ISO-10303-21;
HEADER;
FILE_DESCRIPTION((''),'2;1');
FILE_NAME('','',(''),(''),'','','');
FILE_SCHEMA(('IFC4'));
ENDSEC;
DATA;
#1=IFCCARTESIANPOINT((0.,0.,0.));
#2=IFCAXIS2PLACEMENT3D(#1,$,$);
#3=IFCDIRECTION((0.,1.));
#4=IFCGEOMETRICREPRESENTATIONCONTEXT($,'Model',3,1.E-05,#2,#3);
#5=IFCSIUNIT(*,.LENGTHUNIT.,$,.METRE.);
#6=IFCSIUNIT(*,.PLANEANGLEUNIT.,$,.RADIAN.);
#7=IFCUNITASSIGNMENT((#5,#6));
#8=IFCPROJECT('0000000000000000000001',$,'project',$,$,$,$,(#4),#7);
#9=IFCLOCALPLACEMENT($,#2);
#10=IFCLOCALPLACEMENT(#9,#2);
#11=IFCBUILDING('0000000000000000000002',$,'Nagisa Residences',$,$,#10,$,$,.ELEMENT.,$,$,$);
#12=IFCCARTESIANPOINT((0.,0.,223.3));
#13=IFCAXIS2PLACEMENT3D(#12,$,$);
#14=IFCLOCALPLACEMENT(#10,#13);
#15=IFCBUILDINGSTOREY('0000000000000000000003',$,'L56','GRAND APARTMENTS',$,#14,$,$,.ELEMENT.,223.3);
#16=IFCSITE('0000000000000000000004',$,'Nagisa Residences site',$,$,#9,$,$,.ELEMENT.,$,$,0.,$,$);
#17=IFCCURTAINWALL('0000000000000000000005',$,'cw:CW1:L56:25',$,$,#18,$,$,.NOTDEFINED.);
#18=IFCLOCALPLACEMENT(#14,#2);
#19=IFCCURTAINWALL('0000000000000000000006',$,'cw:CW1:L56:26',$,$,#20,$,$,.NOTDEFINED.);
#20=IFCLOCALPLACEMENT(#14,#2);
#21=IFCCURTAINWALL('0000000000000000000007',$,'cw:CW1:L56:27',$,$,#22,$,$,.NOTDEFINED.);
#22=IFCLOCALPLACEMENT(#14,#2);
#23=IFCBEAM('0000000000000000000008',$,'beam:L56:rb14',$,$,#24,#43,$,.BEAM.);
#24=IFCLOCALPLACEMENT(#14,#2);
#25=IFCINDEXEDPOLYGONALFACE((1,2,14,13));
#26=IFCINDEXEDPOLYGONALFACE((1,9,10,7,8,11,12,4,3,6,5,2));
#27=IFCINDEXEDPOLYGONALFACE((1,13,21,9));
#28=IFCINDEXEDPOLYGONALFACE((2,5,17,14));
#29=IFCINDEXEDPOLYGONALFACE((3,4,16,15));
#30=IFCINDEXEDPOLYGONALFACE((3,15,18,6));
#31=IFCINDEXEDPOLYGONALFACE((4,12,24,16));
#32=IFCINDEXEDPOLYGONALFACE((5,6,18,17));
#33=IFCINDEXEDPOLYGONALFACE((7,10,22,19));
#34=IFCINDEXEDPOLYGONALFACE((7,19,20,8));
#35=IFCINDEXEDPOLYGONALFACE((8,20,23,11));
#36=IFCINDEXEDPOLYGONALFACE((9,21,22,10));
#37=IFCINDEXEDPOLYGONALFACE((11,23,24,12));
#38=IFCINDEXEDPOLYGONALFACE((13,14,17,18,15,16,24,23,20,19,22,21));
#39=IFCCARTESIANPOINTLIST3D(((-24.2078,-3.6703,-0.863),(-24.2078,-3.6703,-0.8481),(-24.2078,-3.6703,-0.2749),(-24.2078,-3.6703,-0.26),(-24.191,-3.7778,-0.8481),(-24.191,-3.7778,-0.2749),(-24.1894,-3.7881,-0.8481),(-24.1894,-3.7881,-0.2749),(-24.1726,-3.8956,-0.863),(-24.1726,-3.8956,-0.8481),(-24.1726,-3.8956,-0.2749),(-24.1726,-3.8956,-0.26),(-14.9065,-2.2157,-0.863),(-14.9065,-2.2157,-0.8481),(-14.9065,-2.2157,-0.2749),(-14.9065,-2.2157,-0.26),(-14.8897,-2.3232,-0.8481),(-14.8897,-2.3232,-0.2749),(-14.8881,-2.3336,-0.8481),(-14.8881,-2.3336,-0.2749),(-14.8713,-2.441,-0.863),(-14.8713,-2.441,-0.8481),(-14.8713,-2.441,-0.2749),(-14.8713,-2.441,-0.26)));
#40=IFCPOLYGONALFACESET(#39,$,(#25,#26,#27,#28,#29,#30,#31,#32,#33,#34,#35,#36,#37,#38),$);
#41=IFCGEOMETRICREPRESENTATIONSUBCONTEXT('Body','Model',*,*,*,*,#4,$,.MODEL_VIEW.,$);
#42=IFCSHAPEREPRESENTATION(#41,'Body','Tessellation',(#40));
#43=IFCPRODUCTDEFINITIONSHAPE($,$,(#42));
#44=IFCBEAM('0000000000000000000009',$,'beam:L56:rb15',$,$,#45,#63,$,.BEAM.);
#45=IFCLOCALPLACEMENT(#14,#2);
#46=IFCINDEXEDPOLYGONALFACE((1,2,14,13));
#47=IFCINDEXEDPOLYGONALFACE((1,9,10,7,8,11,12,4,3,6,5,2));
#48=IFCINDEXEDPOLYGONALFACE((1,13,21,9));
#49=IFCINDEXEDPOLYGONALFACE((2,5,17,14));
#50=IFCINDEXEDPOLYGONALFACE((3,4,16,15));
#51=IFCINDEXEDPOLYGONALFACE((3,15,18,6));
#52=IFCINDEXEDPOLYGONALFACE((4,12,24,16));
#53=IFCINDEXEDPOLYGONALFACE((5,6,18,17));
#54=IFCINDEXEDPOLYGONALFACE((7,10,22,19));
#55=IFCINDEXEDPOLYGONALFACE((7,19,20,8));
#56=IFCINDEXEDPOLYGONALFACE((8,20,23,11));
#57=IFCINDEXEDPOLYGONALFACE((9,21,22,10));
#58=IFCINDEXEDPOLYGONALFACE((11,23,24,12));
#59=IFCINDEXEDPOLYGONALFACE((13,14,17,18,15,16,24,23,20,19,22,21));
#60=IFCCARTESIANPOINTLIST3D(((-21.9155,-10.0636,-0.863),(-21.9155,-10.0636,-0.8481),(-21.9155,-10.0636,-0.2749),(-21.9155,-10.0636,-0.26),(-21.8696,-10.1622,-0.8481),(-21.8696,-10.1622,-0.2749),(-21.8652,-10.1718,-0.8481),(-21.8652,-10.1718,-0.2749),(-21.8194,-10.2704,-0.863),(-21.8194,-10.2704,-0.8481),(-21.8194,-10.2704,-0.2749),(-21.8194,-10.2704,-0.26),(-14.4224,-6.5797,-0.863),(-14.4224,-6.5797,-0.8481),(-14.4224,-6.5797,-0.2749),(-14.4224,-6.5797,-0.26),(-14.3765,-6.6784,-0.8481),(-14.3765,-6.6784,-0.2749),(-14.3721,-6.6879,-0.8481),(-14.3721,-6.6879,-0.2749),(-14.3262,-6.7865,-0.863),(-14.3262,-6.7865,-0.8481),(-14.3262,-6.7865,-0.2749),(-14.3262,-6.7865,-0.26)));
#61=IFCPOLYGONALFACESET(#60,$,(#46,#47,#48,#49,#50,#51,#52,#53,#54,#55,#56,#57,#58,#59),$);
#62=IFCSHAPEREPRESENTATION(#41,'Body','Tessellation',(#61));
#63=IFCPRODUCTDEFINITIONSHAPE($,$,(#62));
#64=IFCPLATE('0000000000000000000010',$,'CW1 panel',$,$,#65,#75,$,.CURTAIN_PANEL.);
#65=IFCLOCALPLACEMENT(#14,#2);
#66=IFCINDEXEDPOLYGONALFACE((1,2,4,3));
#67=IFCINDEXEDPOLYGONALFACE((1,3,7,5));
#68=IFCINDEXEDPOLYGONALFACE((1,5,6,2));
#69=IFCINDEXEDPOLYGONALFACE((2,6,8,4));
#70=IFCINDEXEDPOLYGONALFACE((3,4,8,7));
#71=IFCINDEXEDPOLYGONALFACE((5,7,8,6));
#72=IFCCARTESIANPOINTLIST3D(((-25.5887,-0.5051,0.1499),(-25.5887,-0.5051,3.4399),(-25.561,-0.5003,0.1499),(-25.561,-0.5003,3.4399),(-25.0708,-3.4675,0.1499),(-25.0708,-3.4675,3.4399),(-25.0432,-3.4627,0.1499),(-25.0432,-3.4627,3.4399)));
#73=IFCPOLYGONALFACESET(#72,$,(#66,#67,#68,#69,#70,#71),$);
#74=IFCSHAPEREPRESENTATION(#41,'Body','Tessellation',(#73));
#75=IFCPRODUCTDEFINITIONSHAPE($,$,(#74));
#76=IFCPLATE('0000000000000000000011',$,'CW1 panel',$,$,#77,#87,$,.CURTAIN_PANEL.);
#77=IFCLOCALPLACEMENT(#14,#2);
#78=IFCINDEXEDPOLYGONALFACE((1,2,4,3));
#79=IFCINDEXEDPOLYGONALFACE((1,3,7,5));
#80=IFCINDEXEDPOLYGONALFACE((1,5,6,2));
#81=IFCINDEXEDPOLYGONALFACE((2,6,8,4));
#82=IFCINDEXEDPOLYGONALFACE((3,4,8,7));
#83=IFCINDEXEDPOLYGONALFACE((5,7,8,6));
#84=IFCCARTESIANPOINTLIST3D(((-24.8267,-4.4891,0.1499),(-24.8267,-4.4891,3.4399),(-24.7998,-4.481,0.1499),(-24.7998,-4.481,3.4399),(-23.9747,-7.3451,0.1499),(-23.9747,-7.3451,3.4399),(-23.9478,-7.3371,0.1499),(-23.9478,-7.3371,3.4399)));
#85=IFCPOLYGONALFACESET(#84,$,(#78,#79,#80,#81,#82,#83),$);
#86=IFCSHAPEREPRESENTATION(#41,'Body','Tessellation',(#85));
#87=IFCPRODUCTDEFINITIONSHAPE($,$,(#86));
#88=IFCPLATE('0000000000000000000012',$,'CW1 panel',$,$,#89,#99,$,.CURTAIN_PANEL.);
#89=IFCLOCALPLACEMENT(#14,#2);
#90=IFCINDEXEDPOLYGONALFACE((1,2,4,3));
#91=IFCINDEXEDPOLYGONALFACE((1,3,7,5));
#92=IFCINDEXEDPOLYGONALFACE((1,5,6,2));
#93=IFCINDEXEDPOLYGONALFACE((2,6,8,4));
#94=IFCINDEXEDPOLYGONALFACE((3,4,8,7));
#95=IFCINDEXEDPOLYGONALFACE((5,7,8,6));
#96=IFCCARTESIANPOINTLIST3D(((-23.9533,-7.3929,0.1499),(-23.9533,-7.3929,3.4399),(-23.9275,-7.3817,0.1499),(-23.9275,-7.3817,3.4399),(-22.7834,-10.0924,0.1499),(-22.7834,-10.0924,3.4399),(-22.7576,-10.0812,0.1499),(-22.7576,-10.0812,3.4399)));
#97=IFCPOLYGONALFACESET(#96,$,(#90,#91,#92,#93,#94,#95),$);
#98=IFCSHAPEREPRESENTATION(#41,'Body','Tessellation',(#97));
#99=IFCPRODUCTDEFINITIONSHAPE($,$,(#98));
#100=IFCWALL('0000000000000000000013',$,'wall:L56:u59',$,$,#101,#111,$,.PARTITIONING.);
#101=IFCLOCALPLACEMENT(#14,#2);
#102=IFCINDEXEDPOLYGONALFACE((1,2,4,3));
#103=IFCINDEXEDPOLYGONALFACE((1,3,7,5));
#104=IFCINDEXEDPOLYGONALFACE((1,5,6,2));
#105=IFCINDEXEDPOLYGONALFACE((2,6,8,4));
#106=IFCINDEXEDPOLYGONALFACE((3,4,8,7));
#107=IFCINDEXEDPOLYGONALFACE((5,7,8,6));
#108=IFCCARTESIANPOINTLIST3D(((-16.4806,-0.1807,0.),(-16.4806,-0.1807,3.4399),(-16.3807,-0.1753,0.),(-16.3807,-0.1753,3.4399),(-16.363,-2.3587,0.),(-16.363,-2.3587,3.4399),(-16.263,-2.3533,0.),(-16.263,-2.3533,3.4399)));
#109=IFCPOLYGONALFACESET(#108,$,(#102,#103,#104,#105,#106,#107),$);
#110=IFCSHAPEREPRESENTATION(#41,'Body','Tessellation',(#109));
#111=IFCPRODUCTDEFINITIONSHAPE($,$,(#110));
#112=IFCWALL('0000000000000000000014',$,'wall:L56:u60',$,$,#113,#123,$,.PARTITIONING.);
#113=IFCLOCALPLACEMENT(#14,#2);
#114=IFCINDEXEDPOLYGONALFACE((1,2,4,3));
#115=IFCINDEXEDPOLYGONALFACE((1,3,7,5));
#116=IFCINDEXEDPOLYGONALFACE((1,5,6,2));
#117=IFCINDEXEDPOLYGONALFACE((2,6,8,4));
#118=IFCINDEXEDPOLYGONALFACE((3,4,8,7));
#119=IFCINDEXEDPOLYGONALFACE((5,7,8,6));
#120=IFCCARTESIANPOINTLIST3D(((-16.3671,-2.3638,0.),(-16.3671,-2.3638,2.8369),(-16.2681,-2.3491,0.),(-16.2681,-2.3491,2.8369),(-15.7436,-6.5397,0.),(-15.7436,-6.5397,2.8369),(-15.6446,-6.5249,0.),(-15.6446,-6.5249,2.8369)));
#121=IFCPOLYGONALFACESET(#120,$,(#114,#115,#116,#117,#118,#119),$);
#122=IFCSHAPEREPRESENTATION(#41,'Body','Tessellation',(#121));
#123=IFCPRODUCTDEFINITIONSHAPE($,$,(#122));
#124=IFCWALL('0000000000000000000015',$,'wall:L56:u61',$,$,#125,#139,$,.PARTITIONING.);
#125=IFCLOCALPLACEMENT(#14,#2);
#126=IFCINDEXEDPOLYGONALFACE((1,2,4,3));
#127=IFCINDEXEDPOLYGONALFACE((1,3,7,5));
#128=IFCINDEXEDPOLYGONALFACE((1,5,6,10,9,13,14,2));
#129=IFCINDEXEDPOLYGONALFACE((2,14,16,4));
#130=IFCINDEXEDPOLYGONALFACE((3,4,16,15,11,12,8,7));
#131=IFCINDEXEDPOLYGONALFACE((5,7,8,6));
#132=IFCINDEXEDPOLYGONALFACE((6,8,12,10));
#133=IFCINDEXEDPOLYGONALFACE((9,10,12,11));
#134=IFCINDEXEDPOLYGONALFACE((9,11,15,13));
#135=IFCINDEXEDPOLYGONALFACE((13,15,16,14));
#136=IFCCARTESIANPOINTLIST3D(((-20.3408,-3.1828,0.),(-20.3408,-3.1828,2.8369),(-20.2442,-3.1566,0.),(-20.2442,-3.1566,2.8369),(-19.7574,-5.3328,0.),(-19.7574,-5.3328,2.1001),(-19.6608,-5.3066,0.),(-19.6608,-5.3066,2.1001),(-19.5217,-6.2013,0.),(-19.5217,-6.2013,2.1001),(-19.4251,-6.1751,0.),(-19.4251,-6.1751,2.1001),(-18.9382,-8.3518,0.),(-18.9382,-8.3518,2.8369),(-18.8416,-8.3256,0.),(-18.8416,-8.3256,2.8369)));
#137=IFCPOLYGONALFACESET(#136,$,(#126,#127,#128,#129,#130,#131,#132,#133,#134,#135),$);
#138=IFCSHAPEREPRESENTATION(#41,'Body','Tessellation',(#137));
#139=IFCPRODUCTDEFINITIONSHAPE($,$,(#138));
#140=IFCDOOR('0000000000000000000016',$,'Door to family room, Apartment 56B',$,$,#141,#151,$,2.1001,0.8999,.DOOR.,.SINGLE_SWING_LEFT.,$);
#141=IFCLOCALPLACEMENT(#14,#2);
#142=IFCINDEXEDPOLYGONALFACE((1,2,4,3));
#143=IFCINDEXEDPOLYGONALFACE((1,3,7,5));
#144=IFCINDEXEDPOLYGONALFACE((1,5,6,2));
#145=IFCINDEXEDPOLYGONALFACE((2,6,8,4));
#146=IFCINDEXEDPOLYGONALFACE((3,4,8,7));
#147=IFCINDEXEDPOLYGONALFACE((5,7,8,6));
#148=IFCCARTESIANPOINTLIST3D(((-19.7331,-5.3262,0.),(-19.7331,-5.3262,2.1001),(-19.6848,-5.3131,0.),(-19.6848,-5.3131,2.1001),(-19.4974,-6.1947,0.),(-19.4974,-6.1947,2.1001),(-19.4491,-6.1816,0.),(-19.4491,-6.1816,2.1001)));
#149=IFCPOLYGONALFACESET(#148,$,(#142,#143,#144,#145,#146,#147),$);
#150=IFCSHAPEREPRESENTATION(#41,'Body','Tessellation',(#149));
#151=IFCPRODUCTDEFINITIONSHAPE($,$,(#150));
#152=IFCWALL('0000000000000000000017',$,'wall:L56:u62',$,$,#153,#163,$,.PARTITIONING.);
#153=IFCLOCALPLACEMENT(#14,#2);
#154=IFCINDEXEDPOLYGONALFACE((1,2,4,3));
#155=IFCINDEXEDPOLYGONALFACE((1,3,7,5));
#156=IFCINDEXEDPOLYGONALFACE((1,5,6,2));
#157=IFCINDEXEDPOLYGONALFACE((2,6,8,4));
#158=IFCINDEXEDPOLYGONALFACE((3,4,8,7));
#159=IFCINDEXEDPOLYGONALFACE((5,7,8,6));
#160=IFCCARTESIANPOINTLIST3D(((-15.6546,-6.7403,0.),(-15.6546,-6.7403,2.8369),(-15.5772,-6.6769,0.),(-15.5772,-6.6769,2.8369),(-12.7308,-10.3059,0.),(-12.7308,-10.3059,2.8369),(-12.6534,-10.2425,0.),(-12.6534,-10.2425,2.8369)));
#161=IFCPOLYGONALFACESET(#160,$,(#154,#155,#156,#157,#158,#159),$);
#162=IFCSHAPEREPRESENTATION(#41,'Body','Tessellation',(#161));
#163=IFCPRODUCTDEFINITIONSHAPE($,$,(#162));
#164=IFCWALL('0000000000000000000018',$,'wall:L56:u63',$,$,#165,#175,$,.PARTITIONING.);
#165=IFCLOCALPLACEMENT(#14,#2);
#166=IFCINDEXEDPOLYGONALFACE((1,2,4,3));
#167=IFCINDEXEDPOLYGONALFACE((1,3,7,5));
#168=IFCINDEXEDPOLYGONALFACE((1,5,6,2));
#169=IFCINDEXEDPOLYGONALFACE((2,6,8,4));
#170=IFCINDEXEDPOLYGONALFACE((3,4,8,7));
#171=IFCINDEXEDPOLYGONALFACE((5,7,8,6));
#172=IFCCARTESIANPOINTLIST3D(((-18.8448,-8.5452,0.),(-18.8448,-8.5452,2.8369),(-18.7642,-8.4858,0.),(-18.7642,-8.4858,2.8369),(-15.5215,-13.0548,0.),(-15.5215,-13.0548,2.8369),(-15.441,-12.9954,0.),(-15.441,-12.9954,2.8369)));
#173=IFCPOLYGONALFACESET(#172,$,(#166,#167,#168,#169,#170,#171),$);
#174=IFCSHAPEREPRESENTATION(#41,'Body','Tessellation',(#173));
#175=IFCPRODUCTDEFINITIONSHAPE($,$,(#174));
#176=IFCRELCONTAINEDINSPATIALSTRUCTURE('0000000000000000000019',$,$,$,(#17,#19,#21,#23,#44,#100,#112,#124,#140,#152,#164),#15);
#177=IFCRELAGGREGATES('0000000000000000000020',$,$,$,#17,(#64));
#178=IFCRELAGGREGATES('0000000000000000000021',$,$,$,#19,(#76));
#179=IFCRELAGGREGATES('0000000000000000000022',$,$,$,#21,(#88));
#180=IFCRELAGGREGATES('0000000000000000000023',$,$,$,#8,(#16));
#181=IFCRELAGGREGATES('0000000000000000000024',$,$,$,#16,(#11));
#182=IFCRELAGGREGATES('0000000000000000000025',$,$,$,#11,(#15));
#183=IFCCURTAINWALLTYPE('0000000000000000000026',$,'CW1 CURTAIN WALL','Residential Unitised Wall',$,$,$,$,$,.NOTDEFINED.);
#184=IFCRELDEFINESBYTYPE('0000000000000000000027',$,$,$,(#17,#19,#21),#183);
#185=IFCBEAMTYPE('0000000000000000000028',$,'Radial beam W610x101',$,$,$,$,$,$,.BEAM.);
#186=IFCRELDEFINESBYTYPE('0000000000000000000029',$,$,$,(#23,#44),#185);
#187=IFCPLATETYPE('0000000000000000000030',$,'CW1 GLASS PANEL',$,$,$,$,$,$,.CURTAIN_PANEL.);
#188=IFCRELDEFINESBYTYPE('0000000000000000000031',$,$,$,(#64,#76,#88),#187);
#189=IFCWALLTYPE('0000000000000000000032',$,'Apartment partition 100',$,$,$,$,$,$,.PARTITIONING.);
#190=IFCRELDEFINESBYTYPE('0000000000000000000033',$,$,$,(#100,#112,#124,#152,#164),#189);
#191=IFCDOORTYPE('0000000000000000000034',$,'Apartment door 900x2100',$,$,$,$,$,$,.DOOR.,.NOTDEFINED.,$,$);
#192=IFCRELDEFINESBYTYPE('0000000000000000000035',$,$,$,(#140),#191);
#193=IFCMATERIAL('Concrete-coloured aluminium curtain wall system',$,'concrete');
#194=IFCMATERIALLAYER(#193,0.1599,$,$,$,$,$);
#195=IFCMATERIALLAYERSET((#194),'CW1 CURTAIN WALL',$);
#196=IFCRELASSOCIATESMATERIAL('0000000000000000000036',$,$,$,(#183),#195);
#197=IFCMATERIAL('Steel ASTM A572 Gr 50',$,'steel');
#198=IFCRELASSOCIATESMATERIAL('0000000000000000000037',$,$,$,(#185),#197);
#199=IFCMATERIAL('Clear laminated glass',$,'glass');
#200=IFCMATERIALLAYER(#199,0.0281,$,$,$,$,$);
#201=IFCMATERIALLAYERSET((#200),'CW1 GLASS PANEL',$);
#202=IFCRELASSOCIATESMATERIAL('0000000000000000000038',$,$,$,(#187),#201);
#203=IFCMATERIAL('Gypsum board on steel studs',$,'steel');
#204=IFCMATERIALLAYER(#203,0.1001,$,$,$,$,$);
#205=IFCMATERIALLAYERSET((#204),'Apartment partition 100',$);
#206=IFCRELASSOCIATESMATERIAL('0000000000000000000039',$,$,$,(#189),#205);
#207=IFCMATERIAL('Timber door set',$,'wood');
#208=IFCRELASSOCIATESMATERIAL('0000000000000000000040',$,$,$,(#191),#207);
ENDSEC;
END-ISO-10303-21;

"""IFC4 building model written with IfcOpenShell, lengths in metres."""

from ifc_helpers import new_model, si_unit, direction, frame, frame_2d, origin, origin_2d, place, context, subcontext, project, spatial, rectangle, i_section, extrude, material, layer, layer_set, material_profile, profile_set, type_object, element, fill, aggregate, save


model = new_model("IFC4")

# Units and contexts
model_context = context("Model", 3, precision=1e-05, world=origin(), true_north=direction((0.0, 1.0)))
body_context = subcontext(model_context, "Body", "Model", "MODEL_VIEW")
ifc_project = project(units=[si_unit("LENGTHUNIT", "METRE"), si_unit("PLANEANGLEUNIT", "RADIAN")], contexts=[model_context])

# Site, building, storey
site_placement = place(None, origin())
site = spatial("IfcSite", under=ifc_project, at=site_placement, Name="Nagisa Residences site", CompositionType="ELEMENT", RefElevation=0.0)
building_placement = place(site_placement, origin())
building = spatial("IfcBuilding", under=site, at=building_placement, Name="Nagisa Residences", CompositionType="ELEMENT")
storey_placement = place(building_placement, frame((0.0, 0.0, 223.3)))
storey = spatial("IfcBuildingStorey", under=building, at=storey_placement, Name="L56", Description="GRAND APARTMENTS", CompositionType="ELEMENT", Elevation=223.3)

# Curtain walls
ifc_material_1 = material(Name="Concrete-coloured aluminium curtain wall system", Category="concrete")
ifc_layer_1 = layer(ifc_material_1, 0.1599)
ifc_layer_set_1 = layer_set([ifc_layer_1], Name="CW1 CURTAIN WALL")
curtain_wall_type = type_object("IfcCurtainWallType", Name="CW1 CURTAIN WALL", Description="Residential Unitised Wall", PredefinedType="NOTDEFINED", material=ifc_layer_set_1)
curtain_wall_1_placement = place(storey_placement, origin())
curtain_wall_1 = element("IfcCurtainWall", 1, at=curtain_wall_1_placement, inside=storey, type_object=curtain_wall_type, Name="cw:CW1:L56:25", PredefinedType="NOTDEFINED")
curtain_wall_2_placement = place(storey_placement, origin())
curtain_wall_2 = element("IfcCurtainWall", 2, at=curtain_wall_2_placement, inside=storey, type_object=curtain_wall_type, Name="cw:CW1:L56:26", PredefinedType="NOTDEFINED")
curtain_wall_3_placement = place(storey_placement, origin())
curtain_wall_3 = element("IfcCurtainWall", 3, at=curtain_wall_3_placement, inside=storey, type_object=curtain_wall_type, Name="cw:CW1:L56:27", PredefinedType="NOTDEFINED")

# Beams
ifc_material_2 = material(Name="Steel ASTM A572 Gr 50", Category="steel")
ifc_material_profile_1 = material_profile(ifc_material_2, i_section(OverallWidth=0.228, OverallDepth=0.603, WebThickness=0.0105, FlangeThickness=0.0149, at=origin_2d()), Name="W610x101")
ifc_profile_set_1 = profile_set([ifc_material_profile_1], Name="Steel ASTM A572 Gr 50")
beam_type_1 = type_object("IfcBeamType", Name="Radial beam W610x101", PredefinedType="BEAM", material=ifc_profile_set_1)
beam_1_placement = place(storey_placement, frame((-24.1902, -3.783, -0.5615), z_axis=(0.987992, 0.154508, 0.0), x_axis=(-0.154508, 0.987992, 0.0)))
element("IfcBeam", 4, at=beam_1_placement, inside=storey, type_object=beam_type_1, Name="beam:L56:rb14", PredefinedType="BEAM", context=body_context, shape_type="SweptSolid", body=[
    extrude(i_section(OverallWidth=0.228, OverallDepth=0.603, WebThickness=0.0105, FlangeThickness=0.0149, at=origin_2d()), origin(), (0.0, 0.0, 1.0), 9.4143),
])
beam_2_placement = place(storey_placement, frame((-21.8674, -10.167, -0.5615), z_axis=(0.906782, 0.421601, 0.0), x_axis=(-0.421601, 0.906782, 0.0)))
element("IfcBeam", 5, at=beam_2_placement, inside=storey, type_object=beam_type_1, Name="beam:L56:rb15", PredefinedType="BEAM", context=body_context, shape_type="SweptSolid", body=[
    extrude(i_section(OverallWidth=0.228, OverallDepth=0.603, WebThickness=0.0105, FlangeThickness=0.0149, at=origin_2d()), origin(), (0.0, 0.0, 1.0), 8.2634),
])

# Plates
ifc_material_3 = material(Name="Clear laminated glass", Category="glass")
ifc_layer_2 = layer(ifc_material_3, 0.0281)
ifc_layer_set_2 = layer_set([ifc_layer_2], Name="CW1 GLASS PANEL")
plate_type = type_object("IfcPlateType", Name="CW1 GLASS PANEL", PredefinedType="CURTAIN_PANEL", material=ifc_layer_set_2)
plate_1_placement = place(storey_placement, frame((-25.3159, -1.9839, 0.1499), z_axis=(0.0, 0.0, 1.0), x_axis=(0.172191, -0.985064, 0.0)))
plate_1 = element("IfcPlate", 6, at=plate_1_placement, type_object=plate_type, Name="CW1 panel", PredefinedType="CURTAIN_PANEL", context=body_context, shape_type="SweptSolid", body=[
    extrude(rectangle(XDim=3.0073, YDim=0.0281, at=origin_2d()), origin(), (0.0, 0.0, 1.0), 3.29),
])
aggregate(curtain_wall_1, [plate_1])
plate_2_placement = place(storey_placement, frame((-24.3872, -5.9131, 0.1499), z_axis=(0.0, 0.0, 1.0), x_axis=(0.28586, -0.958271, 0.0)))
plate_2 = element("IfcPlate", 7, at=plate_2_placement, type_object=plate_type, Name="CW1 panel", PredefinedType="CURTAIN_PANEL", context=body_context, shape_type="SweptSolid", body=[
    extrude(rectangle(XDim=2.9805, YDim=0.0281, at=origin_2d()), origin(), (0.0, 0.0, 1.0), 3.29),
])
aggregate(curtain_wall_2, [plate_2])
plate_3_placement = place(storey_placement, frame((-23.3555, -8.7371, 0.1499), z_axis=(0.0, 0.0, 1.0), x_axis=(0.397636, -0.917543, 0.0)))
plate_3 = element("IfcPlate", 8, at=plate_3_placement, type_object=plate_type, Name="CW1 panel", PredefinedType="CURTAIN_PANEL", context=body_context, shape_type="SweptSolid", body=[
    extrude(rectangle(XDim=2.9421, YDim=0.0281, at=origin_2d()), origin(), (0.0, 0.0, 1.0), 3.29),
])
aggregate(curtain_wall_3, [plate_3])

# Walls
ifc_material_4 = material(Name="Gypsum board on steel studs", Category="steel")
ifc_layer_3 = layer(ifc_material_4, 0.1001)
ifc_layer_set_3 = layer_set([ifc_layer_3], Name="Apartment partition 100")
wall_type_1 = type_object("IfcWallType", Name="Apartment partition 100", PredefinedType="PARTITIONING", material=ifc_layer_set_3)
wall_1_placement = place(storey_placement, frame((-16.4307, -0.178, 0.0), z_axis=(0.0, 0.0, 1.0), x_axis=(0.053951, -0.998544, 0.0)))
element("IfcWall", 9, at=wall_1_placement, inside=storey, type_object=wall_type_1, Name="wall:L56:u59", PredefinedType="PARTITIONING", context=body_context, shape_type="SweptSolid", body=[
    extrude(rectangle(XDim=2.1812, YDim=0.1001, at=frame_2d((1.0906, 0.0))), origin(), (0.0, 0.0, 1.0), 3.4399),
])
wall_2_placement = place(storey_placement, frame((-16.3176, -2.3564, 0.0), z_axis=(0.0, 0.0, 1.0), x_axis=(0.147684, -0.989035, 0.0)))
element("IfcWall", 10, at=wall_2_placement, inside=storey, type_object=wall_type_1, Name="wall:L56:u60", PredefinedType="PARTITIONING", context=body_context, shape_type="SweptSolid", body=[
    extrude(rectangle(XDim=4.2222, YDim=0.1001, at=frame_2d((2.1111, 0.0))), origin(), (0.0, 0.0, 1.0), 2.8369),
])

# Wall, opening, door
wall_3_placement = place(storey_placement, frame((-20.2925, -3.1697, 0.0), z_axis=(0.0, 0.0, 1.0), x_axis=(0.261879, -0.965101, 0.0)))
wall_3 = element("IfcWall", 11, at=wall_3_placement, inside=storey, type_object=wall_type_1, Name="wall:L56:u61", PredefinedType="PARTITIONING", context=body_context, shape_type="SweptSolid", body=[
    extrude(rectangle(XDim=5.356, YDim=0.1001, at=frame_2d((2.678, 0.0))), origin(), (0.0, 0.0, 1.0), 2.8369),
])
opening_1_placement = place(wall_3_placement, frame((2.2278, 0.0, 0.0)))
opening_1 = element("IfcOpeningElement", 12, at=opening_1_placement, cuts=wall_3, PredefinedType="OPENING", context=body_context, shape_type="SweptSolid", body=[
    extrude(rectangle(XDim=0.8999, YDim=2.1001, at=frame_2d((0.45, 1.05))), frame((0.0, 0.0601, 0.0), z_axis=(0.0, -1.0, 0.0), x_axis=(1.0, 0.0, 0.0)), (0.0, 0.0, 1.0), 0.1201),
])
ifc_material_5 = material(Name="Timber door set", Category="wood")
door_type_1 = type_object("IfcDoorType", Name="Apartment door 900x2100", OperationType="NOTDEFINED", PredefinedType="DOOR", material=ifc_material_5)
door_1_placement = place(opening_1_placement, frame((0.8999, 0.0, 0.0), x_axis=(-1.0, 0.0, 0.0)))
door_1 = element("IfcDoor", 13, at=door_1_placement, inside=storey, type_object=door_type_1, Name="Door to family room, Apartment 56B", OperationType="SINGLE_SWING_LEFT", OverallHeight=2.1001, OverallWidth=0.8999, PredefinedType="DOOR", context=body_context, shape_type="SweptSolid", body=[
    extrude(rectangle(XDim=0.8999, YDim=2.1001, at=frame_2d((0.45, 1.05))), frame((0.0, 0.0249, 0.0), z_axis=(0.0, -1.0, 0.0), x_axis=(1.0, 0.0, 0.0)), (0.0, 0.0, 1.0), 0.05),
])
fill(opening_1, door_1)

# Walls
wall_4_placement = place(storey_placement, frame((-15.616, -6.7085, 0.0), z_axis=(0.0, 0.0, 1.0), x_axis=(0.634076, -0.77327, 0.0)))
element("IfcWall", 14, at=wall_4_placement, inside=storey, type_object=wall_type_1, Name="wall:L56:u62", PredefinedType="PARTITIONING", context=body_context, shape_type="SweptSolid", body=[
    extrude(rectangle(XDim=4.6111, YDim=0.1001, at=frame_2d((2.3057, 0.0))), origin(), (0.0, 0.0, 1.0), 2.8369),
])
wall_5_placement = place(storey_placement, frame((-18.8044, -8.5156, 0.0), z_axis=(0.0, 0.0, 1.0), x_axis=(0.59325, -0.805019, 0.0)))
element("IfcWall", 15, at=wall_5_placement, inside=storey, type_object=wall_type_1, Name="wall:L56:u63", PredefinedType="PARTITIONING", context=body_context, shape_type="SweptSolid", body=[
    extrude(rectangle(XDim=5.6018, YDim=0.1001, at=frame_2d((2.8008, 0.0))), origin(), (0.0, 0.0, 1.0), 2.8369),
])

save(model, "model.ifc")
